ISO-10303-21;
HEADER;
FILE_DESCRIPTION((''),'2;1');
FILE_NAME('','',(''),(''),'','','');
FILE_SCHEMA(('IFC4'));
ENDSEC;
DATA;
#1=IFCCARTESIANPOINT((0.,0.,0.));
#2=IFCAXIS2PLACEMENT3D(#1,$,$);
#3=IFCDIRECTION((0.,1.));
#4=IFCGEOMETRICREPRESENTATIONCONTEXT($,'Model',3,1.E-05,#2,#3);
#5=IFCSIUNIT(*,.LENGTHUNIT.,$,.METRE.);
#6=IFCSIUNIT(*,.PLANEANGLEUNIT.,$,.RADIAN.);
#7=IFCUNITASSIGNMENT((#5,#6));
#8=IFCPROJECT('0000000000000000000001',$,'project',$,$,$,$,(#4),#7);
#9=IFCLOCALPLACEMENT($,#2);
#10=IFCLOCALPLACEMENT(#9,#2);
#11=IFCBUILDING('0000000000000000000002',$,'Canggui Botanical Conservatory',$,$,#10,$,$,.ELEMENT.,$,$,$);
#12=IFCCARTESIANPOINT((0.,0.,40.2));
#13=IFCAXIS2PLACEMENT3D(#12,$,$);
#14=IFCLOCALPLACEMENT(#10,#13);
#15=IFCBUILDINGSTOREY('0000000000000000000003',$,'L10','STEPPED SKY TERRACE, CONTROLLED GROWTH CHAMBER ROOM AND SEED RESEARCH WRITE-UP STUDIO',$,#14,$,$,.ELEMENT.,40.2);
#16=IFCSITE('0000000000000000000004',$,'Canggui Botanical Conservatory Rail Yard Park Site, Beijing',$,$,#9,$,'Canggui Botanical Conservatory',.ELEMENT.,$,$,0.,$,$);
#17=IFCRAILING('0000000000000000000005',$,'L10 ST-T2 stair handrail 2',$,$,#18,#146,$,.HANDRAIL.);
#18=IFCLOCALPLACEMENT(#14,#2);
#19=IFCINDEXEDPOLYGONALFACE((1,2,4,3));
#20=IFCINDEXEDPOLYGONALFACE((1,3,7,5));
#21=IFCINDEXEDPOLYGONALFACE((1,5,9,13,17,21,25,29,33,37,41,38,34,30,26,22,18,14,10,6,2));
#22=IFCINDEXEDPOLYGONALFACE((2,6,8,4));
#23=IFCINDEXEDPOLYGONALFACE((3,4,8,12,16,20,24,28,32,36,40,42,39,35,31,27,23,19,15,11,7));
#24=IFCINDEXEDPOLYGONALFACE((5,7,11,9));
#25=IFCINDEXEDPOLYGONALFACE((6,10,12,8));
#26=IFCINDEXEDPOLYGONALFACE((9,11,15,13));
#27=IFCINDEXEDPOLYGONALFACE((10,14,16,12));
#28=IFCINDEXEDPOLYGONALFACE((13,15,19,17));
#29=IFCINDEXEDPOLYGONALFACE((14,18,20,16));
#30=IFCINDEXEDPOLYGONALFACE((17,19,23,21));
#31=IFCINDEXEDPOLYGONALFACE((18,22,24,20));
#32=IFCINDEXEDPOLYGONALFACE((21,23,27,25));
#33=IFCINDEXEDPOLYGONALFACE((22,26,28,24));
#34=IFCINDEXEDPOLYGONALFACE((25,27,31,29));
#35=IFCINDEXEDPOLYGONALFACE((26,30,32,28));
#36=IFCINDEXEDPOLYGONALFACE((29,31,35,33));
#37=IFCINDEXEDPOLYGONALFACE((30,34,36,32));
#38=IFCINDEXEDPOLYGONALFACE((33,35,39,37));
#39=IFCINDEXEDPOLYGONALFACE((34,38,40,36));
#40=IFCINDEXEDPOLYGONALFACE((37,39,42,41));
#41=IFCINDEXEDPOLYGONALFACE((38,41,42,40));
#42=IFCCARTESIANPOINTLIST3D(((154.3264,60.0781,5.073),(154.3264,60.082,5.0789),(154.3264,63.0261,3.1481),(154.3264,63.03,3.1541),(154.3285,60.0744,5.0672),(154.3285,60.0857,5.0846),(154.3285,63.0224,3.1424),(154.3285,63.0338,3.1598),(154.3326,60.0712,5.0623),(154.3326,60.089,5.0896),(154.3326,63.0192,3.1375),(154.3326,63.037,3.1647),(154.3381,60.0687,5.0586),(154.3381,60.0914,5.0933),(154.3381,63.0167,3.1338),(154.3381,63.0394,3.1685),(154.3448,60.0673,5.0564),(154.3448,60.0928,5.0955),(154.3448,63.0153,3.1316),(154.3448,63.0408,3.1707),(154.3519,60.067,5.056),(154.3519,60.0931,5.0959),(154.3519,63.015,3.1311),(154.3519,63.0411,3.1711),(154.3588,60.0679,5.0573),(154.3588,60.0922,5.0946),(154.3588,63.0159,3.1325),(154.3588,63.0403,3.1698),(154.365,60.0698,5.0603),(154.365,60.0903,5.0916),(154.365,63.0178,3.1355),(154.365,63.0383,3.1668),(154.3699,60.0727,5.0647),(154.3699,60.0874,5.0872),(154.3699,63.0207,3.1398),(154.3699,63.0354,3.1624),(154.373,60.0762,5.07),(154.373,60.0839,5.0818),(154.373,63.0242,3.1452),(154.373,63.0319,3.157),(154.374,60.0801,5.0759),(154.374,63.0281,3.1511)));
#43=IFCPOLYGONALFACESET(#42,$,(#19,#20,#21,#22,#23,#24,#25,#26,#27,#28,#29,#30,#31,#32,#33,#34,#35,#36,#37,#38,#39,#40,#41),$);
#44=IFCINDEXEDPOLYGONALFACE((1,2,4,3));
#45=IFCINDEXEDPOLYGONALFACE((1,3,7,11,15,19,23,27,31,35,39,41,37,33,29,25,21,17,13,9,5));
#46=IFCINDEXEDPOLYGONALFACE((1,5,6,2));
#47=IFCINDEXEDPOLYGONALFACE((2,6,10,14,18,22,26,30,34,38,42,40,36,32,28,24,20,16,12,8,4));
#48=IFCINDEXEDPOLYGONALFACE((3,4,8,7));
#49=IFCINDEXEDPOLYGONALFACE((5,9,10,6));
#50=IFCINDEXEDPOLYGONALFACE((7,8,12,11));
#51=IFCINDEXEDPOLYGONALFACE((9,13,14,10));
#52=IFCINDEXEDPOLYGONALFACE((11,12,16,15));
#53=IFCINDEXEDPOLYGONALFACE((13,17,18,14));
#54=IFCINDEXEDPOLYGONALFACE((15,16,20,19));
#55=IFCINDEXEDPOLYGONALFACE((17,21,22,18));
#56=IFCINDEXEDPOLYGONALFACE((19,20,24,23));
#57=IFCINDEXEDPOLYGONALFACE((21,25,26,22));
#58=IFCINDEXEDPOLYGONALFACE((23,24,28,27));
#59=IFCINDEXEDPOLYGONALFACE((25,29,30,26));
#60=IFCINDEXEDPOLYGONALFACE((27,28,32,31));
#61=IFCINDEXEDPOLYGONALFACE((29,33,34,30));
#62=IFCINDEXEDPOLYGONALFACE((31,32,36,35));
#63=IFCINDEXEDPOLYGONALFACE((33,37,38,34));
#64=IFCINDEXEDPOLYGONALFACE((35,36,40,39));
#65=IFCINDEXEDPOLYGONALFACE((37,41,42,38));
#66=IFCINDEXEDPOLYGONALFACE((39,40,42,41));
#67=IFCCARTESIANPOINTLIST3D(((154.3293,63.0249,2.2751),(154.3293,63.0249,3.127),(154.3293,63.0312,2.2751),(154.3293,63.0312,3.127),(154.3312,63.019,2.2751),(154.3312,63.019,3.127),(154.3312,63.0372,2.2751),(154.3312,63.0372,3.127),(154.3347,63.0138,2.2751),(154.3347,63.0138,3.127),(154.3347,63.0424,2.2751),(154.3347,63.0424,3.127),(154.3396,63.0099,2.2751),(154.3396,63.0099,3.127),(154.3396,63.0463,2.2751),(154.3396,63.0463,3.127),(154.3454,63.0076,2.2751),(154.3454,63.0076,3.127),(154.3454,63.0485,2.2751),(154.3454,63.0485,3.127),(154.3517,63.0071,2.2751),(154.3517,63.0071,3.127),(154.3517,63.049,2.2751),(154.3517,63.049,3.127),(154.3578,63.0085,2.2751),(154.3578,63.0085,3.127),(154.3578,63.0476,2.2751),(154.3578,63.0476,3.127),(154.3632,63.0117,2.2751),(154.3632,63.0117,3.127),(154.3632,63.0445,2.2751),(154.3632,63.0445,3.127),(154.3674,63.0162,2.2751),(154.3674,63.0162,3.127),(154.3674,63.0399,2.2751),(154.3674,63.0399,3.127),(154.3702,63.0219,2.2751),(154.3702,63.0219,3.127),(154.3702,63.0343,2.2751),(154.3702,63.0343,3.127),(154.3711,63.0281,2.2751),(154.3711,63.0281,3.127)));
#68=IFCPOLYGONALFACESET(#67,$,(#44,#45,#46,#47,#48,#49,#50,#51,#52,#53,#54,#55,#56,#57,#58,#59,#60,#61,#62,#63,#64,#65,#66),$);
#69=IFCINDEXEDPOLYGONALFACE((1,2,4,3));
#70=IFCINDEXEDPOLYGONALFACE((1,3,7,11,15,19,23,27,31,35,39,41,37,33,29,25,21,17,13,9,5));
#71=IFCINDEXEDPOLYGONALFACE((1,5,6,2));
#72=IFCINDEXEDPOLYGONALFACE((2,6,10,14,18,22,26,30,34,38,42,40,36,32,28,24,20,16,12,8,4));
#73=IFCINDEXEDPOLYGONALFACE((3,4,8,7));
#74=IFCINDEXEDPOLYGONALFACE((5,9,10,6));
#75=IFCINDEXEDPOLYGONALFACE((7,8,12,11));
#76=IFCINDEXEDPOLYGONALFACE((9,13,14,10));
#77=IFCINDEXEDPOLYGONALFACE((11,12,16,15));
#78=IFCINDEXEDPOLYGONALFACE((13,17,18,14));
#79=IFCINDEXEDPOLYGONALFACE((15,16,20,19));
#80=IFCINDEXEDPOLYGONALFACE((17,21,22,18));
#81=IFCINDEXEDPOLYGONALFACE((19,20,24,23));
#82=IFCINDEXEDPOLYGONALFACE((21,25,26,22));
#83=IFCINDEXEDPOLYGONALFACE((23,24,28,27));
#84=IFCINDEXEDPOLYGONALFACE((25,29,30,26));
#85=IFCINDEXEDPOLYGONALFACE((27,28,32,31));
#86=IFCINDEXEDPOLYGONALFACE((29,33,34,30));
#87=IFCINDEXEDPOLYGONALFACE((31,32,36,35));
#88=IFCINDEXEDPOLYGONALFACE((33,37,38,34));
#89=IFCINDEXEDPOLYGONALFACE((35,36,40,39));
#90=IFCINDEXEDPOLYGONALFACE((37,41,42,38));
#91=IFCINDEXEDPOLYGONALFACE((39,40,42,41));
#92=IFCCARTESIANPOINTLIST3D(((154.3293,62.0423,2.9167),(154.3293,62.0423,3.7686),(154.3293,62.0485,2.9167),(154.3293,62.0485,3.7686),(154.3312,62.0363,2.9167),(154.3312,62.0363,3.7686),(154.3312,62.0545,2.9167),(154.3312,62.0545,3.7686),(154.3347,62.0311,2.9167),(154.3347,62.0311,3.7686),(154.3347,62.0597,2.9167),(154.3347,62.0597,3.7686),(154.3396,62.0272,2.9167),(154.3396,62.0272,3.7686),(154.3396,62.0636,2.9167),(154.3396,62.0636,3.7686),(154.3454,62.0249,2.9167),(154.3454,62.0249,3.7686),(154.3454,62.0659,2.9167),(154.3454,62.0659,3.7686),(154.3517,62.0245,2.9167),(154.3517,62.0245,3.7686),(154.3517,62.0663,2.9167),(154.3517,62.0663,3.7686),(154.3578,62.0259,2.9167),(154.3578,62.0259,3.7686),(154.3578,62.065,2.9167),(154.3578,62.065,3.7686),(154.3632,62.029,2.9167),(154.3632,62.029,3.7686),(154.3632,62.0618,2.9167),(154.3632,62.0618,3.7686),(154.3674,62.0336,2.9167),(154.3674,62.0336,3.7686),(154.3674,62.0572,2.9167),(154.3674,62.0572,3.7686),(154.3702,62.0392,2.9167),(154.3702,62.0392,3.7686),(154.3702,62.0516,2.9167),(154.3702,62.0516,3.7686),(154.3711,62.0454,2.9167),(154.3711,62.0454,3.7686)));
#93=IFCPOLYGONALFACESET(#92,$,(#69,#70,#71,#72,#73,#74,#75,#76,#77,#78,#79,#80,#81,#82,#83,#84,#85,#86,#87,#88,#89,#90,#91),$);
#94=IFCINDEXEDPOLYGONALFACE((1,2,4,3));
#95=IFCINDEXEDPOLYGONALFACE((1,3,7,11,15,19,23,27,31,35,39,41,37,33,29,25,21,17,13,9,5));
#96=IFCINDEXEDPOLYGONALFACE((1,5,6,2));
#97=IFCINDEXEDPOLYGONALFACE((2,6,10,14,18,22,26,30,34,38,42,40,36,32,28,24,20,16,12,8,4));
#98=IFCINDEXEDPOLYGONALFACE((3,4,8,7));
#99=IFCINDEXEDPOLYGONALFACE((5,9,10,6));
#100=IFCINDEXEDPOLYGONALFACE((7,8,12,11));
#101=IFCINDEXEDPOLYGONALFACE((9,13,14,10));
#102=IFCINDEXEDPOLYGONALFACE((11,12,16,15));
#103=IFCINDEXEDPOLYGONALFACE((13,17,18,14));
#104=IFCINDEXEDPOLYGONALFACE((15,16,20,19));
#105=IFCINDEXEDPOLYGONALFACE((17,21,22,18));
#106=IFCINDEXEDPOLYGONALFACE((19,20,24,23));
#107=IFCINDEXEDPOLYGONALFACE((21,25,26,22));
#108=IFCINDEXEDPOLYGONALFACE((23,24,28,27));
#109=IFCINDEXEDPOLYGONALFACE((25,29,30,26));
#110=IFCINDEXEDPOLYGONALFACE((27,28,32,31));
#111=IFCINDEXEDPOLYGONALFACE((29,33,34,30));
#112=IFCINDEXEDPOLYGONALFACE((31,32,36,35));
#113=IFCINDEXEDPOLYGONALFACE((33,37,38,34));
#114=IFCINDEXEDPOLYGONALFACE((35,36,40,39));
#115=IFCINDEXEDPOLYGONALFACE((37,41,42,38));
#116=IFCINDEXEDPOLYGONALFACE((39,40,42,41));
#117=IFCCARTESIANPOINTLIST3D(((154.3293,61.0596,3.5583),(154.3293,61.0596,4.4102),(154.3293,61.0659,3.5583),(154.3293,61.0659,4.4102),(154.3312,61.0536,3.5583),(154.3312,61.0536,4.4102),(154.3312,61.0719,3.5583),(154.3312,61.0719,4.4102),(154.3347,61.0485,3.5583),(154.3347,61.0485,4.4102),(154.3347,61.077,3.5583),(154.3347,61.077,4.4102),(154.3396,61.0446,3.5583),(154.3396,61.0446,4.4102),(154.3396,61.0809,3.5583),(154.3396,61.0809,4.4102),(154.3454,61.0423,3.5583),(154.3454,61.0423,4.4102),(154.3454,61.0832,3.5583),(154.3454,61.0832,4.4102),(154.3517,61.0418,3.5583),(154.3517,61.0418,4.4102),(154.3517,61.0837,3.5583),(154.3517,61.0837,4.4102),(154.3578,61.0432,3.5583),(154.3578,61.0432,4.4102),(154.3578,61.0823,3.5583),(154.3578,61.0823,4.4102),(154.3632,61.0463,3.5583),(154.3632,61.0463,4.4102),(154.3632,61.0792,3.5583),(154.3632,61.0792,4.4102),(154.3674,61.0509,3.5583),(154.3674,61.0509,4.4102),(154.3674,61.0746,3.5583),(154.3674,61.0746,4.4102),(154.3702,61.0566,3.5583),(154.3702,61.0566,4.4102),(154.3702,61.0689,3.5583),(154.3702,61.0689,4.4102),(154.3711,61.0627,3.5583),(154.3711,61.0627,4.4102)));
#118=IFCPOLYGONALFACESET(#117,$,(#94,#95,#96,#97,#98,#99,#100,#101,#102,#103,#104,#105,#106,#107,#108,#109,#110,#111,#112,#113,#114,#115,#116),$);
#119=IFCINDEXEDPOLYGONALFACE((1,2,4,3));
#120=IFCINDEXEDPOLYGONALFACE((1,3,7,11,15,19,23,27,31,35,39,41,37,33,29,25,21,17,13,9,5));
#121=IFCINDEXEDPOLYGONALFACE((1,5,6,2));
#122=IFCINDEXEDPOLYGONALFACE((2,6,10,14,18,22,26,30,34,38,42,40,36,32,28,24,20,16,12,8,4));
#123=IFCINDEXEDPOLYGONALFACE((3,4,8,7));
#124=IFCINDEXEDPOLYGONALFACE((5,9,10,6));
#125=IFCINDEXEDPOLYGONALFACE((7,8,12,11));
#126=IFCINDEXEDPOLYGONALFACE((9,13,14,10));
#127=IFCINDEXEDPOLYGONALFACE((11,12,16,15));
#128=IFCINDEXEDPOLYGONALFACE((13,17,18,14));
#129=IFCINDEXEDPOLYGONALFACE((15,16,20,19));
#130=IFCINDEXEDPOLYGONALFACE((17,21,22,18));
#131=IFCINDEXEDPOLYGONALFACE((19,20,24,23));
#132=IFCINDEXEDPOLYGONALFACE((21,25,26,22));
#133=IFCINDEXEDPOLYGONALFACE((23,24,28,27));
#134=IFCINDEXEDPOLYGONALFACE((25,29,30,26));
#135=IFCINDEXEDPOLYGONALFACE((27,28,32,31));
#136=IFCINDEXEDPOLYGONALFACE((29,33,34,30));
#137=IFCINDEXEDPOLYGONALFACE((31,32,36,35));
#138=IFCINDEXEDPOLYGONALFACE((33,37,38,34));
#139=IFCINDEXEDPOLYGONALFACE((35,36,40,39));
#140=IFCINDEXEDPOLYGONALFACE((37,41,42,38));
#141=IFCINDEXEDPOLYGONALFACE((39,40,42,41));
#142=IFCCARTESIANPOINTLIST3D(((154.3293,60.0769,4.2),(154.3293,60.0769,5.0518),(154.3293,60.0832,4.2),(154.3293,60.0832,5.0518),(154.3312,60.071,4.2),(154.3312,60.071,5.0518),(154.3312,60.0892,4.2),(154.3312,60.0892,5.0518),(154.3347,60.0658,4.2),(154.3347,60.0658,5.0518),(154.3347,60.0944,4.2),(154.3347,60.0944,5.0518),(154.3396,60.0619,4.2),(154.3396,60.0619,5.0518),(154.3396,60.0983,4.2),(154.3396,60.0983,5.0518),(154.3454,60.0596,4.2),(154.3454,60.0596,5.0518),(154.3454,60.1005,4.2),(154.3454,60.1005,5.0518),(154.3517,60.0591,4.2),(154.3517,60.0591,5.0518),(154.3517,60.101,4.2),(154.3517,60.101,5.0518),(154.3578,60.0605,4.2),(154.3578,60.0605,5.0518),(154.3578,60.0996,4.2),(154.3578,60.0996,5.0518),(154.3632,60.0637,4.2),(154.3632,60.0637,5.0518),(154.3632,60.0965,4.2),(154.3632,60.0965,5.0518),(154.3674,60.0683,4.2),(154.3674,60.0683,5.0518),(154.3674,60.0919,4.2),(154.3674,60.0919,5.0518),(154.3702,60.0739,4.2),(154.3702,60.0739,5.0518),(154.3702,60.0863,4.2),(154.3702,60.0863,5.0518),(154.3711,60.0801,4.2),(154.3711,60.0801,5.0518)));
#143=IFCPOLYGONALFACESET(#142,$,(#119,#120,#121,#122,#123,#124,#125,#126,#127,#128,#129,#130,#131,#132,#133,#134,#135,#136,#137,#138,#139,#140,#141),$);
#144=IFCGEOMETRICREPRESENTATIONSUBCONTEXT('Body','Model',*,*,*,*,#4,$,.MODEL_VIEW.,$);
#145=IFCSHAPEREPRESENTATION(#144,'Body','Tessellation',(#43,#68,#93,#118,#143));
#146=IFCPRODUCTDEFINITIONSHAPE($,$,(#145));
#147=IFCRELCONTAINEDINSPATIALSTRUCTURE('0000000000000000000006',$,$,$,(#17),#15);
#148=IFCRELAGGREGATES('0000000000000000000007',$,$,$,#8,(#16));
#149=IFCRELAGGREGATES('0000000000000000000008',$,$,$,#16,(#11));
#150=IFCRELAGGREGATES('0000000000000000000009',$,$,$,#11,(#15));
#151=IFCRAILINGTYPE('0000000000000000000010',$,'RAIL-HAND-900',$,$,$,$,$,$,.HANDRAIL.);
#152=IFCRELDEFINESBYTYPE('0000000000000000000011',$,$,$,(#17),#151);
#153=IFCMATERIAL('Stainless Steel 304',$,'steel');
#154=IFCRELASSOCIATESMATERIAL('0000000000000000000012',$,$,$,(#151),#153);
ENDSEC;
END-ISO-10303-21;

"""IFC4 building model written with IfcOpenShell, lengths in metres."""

from ifc_helpers import new_model, si_unit, direction, frame, origin, origin_2d, place, context, subcontext, project, spatial, circle, extrude, material, type_object, element, save


model = new_model("IFC4")

# Units and contexts
model_context = context("Model", 3, precision=1e-05, world=origin(), true_north=direction((0.0, 1.0)))
body_context = subcontext(model_context, "Body", "Model", "MODEL_VIEW")
ifc_project = project(units=[si_unit("LENGTHUNIT", "METRE"), si_unit("PLANEANGLEUNIT", "RADIAN")], contexts=[model_context])

# Site, building, storey
site_placement = place(None, origin())
site = spatial("IfcSite", under=ifc_project, at=site_placement, Name="Canggui Botanical Conservatory Rail Yard Park Site, Beijing", LongName="Canggui Botanical Conservatory", CompositionType="ELEMENT", RefElevation=0.0)
building_placement = place(site_placement, origin())
building = spatial("IfcBuilding", under=site, at=building_placement, Name="Canggui Botanical Conservatory", CompositionType="ELEMENT")
storey_placement = place(building_placement, frame((0.0, 0.0, 40.2)))
storey = spatial("IfcBuildingStorey", under=building, at=storey_placement, Name="L10", Description="STEPPED SKY TERRACE, CONTROLLED GROWTH CHAMBER ROOM AND SEED RESEARCH WRITE-UP STUDIO", CompositionType="ELEMENT", Elevation=40.2)

# Railing
ifc_material_1 = material(Name="Stainless Steel 304", Category="steel")
railing_type_1 = type_object("IfcRailingType", Name="RAIL-HAND-900", PredefinedType="HANDRAIL", material=ifc_material_1)
railing_1_placement = place(storey_placement, frame((154.3501, 63.0281, 2.2751)))
element("IfcRailing", 1, at=railing_1_placement, inside=storey, type_object=railing_type_1, Name="L10 ST-T2 stair handrail 2", PredefinedType="HANDRAIL", context=body_context, shape_type="SweptSolid", body=[
    extrude(circle(Radius=0.0239, at=origin_2d()), frame((0.0, 0.0, 0.876), z_axis=(0.0, -0.837325, 0.546706), x_axis=(1.0, 0.0, 0.0)), (0.0, 0.0, 1.0), 3.5208),
    extrude(circle(Radius=0.021, at=origin_2d()), origin(), (0.0, 0.0, 1.0), 0.8518),
    extrude(circle(Radius=0.021, at=origin_2d()), frame((0.0, -0.9827, 0.6416)), (0.0, 0.0, 1.0), 0.8518),
    extrude(circle(Radius=0.021, at=origin_2d()), frame((0.0, -1.9653, 1.2832)), (0.0, 0.0, 1.0), 0.8518),
    extrude(circle(Radius=0.021, at=origin_2d()), frame((0.0, -2.948, 1.9248)), (0.0, 0.0, 1.0), 0.8518),
])

save(model, "model.ifc")
